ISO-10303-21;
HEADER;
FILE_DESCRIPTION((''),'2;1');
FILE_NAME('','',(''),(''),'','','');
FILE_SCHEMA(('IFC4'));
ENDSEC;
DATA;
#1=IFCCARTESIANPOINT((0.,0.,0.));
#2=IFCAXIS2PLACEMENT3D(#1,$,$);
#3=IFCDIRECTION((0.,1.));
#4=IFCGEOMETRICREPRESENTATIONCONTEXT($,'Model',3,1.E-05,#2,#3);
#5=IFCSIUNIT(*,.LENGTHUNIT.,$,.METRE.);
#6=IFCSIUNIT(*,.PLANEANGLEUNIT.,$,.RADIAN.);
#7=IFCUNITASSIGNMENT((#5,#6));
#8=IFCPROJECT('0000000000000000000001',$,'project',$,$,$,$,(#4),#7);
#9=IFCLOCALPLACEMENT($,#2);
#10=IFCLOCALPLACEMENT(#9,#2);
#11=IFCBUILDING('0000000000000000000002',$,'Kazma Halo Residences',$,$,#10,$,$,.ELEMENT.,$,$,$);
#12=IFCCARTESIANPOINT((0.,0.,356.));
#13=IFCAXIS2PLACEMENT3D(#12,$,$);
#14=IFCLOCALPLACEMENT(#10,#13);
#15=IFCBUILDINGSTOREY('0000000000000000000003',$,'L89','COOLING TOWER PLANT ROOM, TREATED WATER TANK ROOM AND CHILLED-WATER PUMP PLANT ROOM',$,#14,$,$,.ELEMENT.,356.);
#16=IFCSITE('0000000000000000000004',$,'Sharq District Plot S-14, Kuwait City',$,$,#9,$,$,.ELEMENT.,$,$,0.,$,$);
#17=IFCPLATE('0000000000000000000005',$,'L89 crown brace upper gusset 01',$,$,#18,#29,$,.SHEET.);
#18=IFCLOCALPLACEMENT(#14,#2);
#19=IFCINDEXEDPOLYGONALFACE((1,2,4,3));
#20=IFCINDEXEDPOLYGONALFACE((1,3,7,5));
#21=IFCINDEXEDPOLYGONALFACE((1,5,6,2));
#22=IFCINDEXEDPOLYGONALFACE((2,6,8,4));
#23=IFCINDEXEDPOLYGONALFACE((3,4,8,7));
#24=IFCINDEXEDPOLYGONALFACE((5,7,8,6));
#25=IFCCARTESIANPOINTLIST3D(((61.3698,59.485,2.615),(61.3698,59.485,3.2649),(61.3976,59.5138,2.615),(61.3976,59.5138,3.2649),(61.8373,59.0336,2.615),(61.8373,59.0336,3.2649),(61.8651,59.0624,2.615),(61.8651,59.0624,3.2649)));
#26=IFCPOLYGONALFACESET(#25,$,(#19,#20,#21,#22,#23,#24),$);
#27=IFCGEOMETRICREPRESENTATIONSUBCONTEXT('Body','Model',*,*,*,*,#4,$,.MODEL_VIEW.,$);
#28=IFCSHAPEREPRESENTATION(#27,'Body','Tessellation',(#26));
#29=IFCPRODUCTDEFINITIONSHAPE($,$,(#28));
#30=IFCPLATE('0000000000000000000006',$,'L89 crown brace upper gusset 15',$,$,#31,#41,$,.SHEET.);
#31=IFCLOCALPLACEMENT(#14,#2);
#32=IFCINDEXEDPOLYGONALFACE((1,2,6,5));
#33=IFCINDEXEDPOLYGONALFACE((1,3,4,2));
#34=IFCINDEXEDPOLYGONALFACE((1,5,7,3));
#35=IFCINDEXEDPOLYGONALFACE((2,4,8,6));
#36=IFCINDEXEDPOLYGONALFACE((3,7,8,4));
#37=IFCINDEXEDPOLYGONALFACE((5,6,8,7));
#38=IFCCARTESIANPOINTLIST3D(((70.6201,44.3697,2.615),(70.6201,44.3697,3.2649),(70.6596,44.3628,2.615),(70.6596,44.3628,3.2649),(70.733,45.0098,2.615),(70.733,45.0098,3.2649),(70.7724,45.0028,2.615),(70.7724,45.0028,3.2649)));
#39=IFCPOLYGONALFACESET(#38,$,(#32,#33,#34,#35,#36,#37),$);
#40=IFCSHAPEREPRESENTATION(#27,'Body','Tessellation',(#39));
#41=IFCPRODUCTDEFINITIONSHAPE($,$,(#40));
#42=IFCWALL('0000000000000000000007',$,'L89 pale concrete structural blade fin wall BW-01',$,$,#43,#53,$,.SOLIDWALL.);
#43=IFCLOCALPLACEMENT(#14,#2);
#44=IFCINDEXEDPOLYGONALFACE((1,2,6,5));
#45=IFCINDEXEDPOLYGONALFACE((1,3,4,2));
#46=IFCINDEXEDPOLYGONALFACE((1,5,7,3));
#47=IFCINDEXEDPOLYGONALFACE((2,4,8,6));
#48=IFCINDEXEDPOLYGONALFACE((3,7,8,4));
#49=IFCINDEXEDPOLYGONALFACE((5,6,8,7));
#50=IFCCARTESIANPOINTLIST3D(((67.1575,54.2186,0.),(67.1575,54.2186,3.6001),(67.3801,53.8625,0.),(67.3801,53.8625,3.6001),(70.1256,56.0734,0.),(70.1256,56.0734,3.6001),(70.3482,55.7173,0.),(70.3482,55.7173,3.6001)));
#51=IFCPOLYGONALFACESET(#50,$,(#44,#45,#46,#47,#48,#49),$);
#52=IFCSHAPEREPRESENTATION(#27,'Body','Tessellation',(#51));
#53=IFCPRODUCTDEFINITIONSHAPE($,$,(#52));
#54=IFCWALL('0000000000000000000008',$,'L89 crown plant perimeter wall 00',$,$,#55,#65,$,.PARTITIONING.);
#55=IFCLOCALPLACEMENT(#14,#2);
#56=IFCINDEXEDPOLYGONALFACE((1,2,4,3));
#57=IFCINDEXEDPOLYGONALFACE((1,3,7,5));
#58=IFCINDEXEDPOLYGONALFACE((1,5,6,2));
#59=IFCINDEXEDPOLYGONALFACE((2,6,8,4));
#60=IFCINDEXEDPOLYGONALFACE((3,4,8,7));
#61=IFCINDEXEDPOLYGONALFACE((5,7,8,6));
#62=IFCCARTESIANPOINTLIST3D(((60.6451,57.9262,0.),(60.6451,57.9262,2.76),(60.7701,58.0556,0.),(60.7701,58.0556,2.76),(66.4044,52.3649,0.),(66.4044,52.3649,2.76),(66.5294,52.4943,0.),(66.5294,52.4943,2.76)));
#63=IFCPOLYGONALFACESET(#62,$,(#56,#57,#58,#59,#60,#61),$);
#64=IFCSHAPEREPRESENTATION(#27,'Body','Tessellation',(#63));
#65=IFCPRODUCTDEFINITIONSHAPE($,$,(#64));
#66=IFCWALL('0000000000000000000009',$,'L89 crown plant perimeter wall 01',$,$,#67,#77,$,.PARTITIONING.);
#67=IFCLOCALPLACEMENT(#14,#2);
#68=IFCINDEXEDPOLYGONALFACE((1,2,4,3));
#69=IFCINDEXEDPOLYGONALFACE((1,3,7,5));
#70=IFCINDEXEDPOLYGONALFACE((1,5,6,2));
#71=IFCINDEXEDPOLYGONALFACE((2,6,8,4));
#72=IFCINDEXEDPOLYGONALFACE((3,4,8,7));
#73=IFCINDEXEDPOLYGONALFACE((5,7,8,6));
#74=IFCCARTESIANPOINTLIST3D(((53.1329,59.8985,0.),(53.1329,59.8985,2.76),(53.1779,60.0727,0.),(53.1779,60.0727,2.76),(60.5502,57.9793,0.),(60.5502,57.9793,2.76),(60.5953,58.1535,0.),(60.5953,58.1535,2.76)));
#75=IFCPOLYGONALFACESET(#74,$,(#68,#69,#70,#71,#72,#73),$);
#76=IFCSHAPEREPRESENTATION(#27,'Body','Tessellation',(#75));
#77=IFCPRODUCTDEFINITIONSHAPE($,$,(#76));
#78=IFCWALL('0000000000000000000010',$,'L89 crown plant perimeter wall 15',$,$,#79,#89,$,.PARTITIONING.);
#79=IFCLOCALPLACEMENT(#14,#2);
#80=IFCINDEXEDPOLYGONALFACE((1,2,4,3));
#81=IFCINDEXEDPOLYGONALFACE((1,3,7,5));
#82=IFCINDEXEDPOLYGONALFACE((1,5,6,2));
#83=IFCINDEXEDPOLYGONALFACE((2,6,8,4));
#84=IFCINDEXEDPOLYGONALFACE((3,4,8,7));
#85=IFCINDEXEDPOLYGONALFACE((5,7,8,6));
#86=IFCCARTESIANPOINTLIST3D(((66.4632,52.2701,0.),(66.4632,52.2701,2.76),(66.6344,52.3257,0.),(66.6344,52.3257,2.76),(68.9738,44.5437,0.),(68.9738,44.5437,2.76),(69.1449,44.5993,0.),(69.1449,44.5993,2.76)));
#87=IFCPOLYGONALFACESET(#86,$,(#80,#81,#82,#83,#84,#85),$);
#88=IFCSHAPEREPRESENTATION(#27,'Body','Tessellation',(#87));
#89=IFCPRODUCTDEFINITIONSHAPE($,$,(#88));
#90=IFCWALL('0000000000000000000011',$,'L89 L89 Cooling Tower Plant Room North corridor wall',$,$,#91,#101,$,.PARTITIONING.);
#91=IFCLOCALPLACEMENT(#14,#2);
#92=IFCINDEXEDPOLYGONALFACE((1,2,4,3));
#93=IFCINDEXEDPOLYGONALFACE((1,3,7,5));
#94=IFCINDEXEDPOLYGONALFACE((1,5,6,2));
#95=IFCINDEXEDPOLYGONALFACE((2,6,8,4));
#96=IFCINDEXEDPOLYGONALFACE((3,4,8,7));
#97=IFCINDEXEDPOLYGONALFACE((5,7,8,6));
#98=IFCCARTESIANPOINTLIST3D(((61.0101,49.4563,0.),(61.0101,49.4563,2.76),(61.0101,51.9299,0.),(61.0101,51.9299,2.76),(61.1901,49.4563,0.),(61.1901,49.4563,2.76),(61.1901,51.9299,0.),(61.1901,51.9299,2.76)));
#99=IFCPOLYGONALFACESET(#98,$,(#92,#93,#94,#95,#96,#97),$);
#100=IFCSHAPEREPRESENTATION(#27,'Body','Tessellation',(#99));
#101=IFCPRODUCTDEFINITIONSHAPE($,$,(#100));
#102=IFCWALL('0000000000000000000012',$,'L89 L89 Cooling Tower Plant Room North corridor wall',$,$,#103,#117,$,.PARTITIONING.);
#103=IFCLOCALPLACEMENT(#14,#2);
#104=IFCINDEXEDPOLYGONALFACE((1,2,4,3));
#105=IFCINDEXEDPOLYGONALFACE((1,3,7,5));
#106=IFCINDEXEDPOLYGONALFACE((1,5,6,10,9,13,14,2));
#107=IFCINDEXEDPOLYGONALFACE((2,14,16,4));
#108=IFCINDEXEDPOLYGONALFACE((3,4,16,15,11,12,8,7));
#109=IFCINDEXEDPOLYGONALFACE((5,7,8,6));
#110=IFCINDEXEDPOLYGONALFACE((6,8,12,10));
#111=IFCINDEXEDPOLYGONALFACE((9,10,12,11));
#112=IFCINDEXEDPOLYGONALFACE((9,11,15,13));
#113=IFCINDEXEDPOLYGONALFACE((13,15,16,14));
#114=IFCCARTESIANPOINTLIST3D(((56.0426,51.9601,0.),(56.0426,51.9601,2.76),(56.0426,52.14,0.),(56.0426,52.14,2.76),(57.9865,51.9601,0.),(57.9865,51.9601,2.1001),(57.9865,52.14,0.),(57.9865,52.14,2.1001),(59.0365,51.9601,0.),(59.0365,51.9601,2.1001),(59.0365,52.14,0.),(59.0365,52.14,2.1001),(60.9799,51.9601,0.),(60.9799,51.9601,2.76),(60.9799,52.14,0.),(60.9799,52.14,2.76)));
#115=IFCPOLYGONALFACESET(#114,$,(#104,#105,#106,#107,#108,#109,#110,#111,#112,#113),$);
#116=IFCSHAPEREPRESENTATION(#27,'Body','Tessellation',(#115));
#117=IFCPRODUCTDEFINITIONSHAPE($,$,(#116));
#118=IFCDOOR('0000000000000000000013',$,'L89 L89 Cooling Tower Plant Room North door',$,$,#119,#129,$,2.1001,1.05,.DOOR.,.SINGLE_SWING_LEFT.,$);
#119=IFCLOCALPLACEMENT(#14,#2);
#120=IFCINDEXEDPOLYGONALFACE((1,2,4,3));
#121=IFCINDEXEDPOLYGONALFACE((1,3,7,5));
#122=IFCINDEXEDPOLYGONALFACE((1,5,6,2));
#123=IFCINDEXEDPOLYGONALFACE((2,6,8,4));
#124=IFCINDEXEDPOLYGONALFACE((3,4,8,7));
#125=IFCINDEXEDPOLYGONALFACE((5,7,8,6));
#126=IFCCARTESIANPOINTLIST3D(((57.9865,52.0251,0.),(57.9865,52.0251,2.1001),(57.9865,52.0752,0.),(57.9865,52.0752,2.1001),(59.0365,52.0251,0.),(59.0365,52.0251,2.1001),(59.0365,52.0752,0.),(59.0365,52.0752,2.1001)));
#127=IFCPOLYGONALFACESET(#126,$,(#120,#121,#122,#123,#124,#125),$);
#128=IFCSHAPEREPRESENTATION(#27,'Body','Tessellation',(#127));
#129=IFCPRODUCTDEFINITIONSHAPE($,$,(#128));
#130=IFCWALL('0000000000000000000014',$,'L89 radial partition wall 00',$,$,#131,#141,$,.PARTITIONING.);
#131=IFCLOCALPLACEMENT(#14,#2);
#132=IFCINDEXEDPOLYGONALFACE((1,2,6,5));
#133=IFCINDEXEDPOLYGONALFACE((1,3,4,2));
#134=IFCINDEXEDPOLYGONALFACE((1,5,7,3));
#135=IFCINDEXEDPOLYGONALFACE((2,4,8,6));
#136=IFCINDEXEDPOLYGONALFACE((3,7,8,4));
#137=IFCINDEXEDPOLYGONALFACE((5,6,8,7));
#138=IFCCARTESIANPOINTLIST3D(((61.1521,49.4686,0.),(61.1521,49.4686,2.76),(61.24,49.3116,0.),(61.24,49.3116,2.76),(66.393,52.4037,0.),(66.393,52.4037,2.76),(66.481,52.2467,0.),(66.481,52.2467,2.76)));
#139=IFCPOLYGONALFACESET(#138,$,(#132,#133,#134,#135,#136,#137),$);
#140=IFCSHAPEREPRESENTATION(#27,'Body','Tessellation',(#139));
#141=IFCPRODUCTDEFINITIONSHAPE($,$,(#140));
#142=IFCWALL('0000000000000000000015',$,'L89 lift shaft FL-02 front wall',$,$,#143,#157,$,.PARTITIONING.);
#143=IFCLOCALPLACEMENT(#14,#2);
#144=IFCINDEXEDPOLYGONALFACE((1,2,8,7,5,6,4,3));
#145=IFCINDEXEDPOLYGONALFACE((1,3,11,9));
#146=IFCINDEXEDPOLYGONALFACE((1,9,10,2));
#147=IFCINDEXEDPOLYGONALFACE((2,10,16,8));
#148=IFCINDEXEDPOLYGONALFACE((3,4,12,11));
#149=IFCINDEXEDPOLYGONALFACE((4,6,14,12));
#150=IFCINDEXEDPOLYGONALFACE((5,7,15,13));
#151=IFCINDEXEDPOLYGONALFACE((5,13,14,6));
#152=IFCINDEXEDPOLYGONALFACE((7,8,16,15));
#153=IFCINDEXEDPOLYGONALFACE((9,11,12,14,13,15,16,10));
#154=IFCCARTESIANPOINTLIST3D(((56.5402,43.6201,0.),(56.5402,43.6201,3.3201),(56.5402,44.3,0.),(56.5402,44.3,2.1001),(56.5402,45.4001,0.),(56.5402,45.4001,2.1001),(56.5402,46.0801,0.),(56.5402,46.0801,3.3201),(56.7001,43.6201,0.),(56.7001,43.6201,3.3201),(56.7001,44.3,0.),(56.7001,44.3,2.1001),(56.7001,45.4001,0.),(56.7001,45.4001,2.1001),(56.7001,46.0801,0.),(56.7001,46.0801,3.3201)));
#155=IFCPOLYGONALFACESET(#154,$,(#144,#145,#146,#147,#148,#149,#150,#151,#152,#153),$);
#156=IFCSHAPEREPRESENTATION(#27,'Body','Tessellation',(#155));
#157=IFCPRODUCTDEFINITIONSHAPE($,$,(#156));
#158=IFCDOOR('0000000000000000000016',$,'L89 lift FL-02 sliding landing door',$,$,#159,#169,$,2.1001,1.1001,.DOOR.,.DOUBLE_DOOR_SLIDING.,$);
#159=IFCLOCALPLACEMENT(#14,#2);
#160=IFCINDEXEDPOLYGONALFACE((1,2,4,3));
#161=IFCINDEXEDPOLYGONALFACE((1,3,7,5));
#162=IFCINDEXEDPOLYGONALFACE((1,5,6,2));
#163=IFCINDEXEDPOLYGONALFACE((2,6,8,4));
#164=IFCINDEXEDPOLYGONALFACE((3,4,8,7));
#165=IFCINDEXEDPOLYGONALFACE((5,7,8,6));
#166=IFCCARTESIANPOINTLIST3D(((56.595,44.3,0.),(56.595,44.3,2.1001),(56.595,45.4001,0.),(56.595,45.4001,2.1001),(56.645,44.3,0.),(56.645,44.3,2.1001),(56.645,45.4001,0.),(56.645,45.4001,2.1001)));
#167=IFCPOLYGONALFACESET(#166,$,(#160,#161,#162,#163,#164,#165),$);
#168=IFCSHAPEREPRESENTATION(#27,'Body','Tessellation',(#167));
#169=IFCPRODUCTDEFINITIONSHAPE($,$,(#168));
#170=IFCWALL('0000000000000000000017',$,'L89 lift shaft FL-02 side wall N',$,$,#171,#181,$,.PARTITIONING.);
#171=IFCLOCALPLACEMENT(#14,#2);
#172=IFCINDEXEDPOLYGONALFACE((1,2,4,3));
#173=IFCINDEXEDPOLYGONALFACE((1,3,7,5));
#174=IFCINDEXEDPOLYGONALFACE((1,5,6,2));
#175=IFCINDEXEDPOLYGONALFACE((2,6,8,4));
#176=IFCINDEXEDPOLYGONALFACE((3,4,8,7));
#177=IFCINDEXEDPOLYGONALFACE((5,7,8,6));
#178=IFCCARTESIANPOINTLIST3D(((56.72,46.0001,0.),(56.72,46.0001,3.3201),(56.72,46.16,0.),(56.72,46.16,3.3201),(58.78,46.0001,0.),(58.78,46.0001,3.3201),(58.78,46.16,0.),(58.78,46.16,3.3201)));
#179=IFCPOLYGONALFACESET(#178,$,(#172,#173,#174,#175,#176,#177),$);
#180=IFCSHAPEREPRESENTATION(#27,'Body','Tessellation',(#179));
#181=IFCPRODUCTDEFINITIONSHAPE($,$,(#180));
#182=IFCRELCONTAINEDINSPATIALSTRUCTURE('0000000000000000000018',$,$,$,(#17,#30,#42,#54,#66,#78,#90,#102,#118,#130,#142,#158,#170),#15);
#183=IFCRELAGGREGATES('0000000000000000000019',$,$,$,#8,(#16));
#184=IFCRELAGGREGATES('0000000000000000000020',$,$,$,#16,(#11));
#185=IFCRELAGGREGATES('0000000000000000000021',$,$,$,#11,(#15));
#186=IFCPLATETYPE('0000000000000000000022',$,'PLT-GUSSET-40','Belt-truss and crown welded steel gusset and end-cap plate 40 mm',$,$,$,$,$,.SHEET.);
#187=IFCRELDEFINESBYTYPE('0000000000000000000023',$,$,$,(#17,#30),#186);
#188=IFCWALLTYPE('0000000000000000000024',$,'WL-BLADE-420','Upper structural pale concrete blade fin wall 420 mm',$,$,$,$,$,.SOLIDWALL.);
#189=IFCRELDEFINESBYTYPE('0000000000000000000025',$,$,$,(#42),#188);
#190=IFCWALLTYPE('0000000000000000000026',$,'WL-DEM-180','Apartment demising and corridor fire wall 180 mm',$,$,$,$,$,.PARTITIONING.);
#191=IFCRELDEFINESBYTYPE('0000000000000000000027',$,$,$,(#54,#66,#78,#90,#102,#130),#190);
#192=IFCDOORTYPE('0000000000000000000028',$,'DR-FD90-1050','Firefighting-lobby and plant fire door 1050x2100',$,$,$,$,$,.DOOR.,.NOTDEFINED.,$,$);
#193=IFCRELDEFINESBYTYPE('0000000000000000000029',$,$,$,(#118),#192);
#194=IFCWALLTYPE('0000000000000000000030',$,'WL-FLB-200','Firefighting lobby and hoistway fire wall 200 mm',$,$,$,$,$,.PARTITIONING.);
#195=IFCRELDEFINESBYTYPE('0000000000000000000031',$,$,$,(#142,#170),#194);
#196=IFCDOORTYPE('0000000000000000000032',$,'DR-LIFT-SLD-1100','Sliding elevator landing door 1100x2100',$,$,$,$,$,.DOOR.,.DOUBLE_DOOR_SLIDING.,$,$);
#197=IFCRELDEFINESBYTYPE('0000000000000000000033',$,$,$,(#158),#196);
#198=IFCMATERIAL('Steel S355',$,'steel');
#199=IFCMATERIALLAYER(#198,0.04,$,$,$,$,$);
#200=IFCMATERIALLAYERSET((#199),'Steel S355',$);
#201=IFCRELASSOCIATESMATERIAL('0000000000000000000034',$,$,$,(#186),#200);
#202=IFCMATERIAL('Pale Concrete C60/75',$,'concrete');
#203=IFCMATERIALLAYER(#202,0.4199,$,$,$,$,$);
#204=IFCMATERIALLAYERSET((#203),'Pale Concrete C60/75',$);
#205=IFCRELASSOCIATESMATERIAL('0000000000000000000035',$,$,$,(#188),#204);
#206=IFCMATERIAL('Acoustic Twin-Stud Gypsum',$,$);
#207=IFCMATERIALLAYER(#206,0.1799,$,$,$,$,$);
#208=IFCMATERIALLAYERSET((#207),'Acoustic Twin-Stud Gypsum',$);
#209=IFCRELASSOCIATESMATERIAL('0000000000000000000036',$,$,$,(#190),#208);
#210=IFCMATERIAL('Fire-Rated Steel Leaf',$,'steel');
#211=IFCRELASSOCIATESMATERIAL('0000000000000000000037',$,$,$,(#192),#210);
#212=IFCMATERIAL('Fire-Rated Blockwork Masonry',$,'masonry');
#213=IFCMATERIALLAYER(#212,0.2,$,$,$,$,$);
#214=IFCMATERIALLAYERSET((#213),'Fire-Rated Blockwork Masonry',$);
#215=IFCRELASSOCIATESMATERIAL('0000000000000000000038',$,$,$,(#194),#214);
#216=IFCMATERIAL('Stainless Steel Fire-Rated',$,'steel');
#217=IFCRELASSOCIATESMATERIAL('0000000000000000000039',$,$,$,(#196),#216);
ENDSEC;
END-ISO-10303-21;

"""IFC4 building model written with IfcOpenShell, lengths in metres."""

from ifc_helpers import new_model, si_unit, direction, frame, frame_2d, origin, origin_2d, place, context, subcontext, project, spatial, rectangle, extrude, material, layer, layer_set, type_object, element, fill, save


model = new_model("IFC4")

# Units and contexts
model_context = context("Model", 3, precision=1e-05, world=origin(), true_north=direction((0.0, 1.0)))
body_context = subcontext(model_context, "Body", "Model", "MODEL_VIEW")
ifc_project = project(units=[si_unit("LENGTHUNIT", "METRE"), si_unit("PLANEANGLEUNIT", "RADIAN")], contexts=[model_context])

# Site, building, storey
site_placement = place(None, origin())
site = spatial("IfcSite", under=ifc_project, at=site_placement, Name="Sharq District Plot S-14, Kuwait City", CompositionType="ELEMENT", RefElevation=0.0)
building_placement = place(site_placement, origin())
building = spatial("IfcBuilding", under=site, at=building_placement, Name="Kazma Halo Residences", CompositionType="ELEMENT")
storey_placement = place(building_placement, frame((0.0, 0.0, 356.0)))
storey = spatial("IfcBuildingStorey", under=building, at=storey_placement, Name="L89", Description="COOLING TOWER PLANT ROOM, TREATED WATER TANK ROOM AND CHILLED-WATER PUMP PLANT ROOM", CompositionType="ELEMENT", Elevation=356.0)

# Shared definitions
ifc_material_1 = material(Name="Steel S355", Category="steel")

# Plates
ifc_layer_1 = layer(ifc_material_1, 0.04)
ifc_layer_set_1 = layer_set([ifc_layer_1], Name="Steel S355")
plate_type_1 = type_object("IfcPlateType", Name="PLT-GUSSET-40", Description="Belt-truss and crown welded steel gusset and end-cap plate 40 mm", PredefinedType="SHEET", material=ifc_layer_set_1)
for number, where, z_axis, x_axis, name in (
    (1, (61.6174, 59.2737, 2.615), (0.0, 0.0, 1.0), (-0.719342, 0.694656, 0.0), "L89 crown brace upper gusset 01"),
    (2, (70.6963, 44.6863, 2.615), (0.0, 0.0, 1.0), (0.173656, 0.984806, 0.0), "L89 crown brace upper gusset 15"),
):
    element("IfcPlate", number, at=place(storey_placement, frame(where, z_axis=z_axis, x_axis=x_axis)), inside=storey, type_object=plate_type_1, Name=name, PredefinedType="SHEET", context=body_context, shape_type="SweptSolid", body=[
        extrude(rectangle(XDim=0.6499, YDim=0.04, at=origin_2d()), origin(), (0.0, 0.0, 1.0), 0.6499),
    ])

# Walls
ifc_material_2 = material(Name="Pale Concrete C60/75", Category="concrete")
ifc_layer_2 = layer(ifc_material_2, 0.4199)
ifc_layer_set_2 = layer_set([ifc_layer_2], Name="Pale Concrete C60/75")
wall_type_1 = type_object("IfcWallType", Name="WL-BLADE-420", Description="Upper structural pale concrete blade fin wall 420 mm", PredefinedType="SOLIDWALL", material=ifc_layer_set_2)
wall_1_placement = place(storey_placement, frame((67.2688, 54.0405, 0.0), z_axis=(0.0, 0.0, 1.0), x_axis=(0.848034, 0.529943, 0.0)))
element("IfcWall", 3, at=wall_1_placement, inside=storey, type_object=wall_type_1, Name="L89 pale concrete structural blade fin wall BW-01", PredefinedType="SOLIDWALL", context=body_context, shape_type="SweptSolid", body=[
    extrude(rectangle(XDim=3.5, YDim=0.4199, at=frame_2d((1.75, 0.0))), origin(), (0.0, 0.0, 1.0), 3.6001),
])
ifc_material_3 = material(Name="Acoustic Twin-Stud Gypsum")
ifc_layer_3 = layer(ifc_material_3, 0.1799)
ifc_layer_set_3 = layer_set([ifc_layer_3], Name="Acoustic Twin-Stud Gypsum")
wall_type_2 = type_object("IfcWallType", Name="WL-DEM-180", Description="Apartment demising and corridor fire wall 180 mm", PredefinedType="PARTITIONING", material=ifc_layer_set_3)
wall_2_placement = place(storey_placement, frame((66.4668, 52.4297, 0.0), z_axis=(0.0, 0.0, 1.0), x_axis=(-0.719364, 0.694633, 0.0)))
element("IfcWall", 4, at=wall_2_placement, inside=storey, type_object=wall_type_2, Name="L89 crown plant perimeter wall 00", PredefinedType="PARTITIONING", context=body_context, shape_type="SweptSolid", body=[
    extrude(rectangle(XDim=8.0061, YDim=0.1799, at=frame_2d((4.0029, 0.0))), origin(), (0.0, 0.0, 1.0), 2.76),
])
wall_3_placement = place(storey_placement, frame((60.5728, 58.0664, 0.0), z_axis=(0.0, 0.0, 1.0), x_axis=(-0.968117, 0.250498, 0.0)))
element("IfcWall", 5, at=wall_3_placement, inside=storey, type_object=wall_type_2, Name="L89 crown plant perimeter wall 01", PredefinedType="PARTITIONING", context=body_context, shape_type="SweptSolid", body=[
    extrude(rectangle(XDim=7.6616, YDim=0.1799, at=frame_2d((3.8308, 0.0))), origin(), (0.0, 0.0, 1.0), 2.76),
])
wall_4_placement = place(storey_placement, frame((69.0593, 44.5715, 0.0), z_axis=(0.0, 0.0, 1.0), x_axis=(-0.309024, 0.951054, 0.0)))
element("IfcWall", 6, at=wall_4_placement, inside=storey, type_object=wall_type_2, Name="L89 crown plant perimeter wall 15", PredefinedType="PARTITIONING", context=body_context, shape_type="SweptSolid", body=[
    extrude(rectangle(XDim=8.124, YDim=0.1799, at=frame_2d((4.062, 0.0))), origin(), (0.0, 0.0, 1.0), 2.76),
])
wall_5_placement = place(storey_placement, frame((61.1001, 49.4563, 0.0), z_axis=(0.0, 0.0, 1.0), x_axis=(0.0, 1.0, 0.0)))
element("IfcWall", 7, at=wall_5_placement, inside=storey, type_object=wall_type_2, Name="L89 L89 Cooling Tower Plant Room North corridor wall", PredefinedType="PARTITIONING", context=body_context, shape_type="SweptSolid", body=[
    extrude(rectangle(XDim=2.4736, YDim=0.1799, at=frame_2d((1.2368, 0.0))), origin(), (0.0, 0.0, 1.0), 2.76),
])

# Wall, opening, door
wall_6_placement = place(storey_placement, frame((60.98, 52.05, 0.0), z_axis=(0.0, 0.0, 1.0), x_axis=(-1.0, 0.0, 0.0)))
wall_6 = element("IfcWall", 8, at=wall_6_placement, inside=storey, type_object=wall_type_2, Name="L89 L89 Cooling Tower Plant Room North corridor wall", PredefinedType="PARTITIONING", context=body_context, shape_type="SweptSolid", body=[
    extrude(rectangle(XDim=4.9373, YDim=0.1799, at=frame_2d((2.4688, 0.0))), origin(), (0.0, 0.0, 1.0), 2.76),
])
opening_1_placement = place(wall_6_placement, frame((1.9436, 0.0, 0.0)))
opening_1 = element("IfcOpeningElement", 9, at=opening_1_placement, cuts=wall_6, PredefinedType="OPENING", context=body_context, shape_type="SweptSolid", body=[
    extrude(rectangle(XDim=1.05, YDim=2.1001, at=frame_2d((0.5249, 1.05))), frame((0.0, 0.0999, 0.0), z_axis=(0.0, -1.0, 0.0), x_axis=(1.0, 0.0, 0.0)), (0.0, 0.0, 1.0), 0.2),
])
ifc_material_4 = material(Name="Fire-Rated Steel Leaf", Category="steel")
door_type_1 = type_object("IfcDoorType", Name="DR-FD90-1050", Description="Firefighting-lobby and plant fire door 1050x2100", OperationType="NOTDEFINED", PredefinedType="DOOR", material=ifc_material_4)
door_1_placement = place(opening_1_placement, origin())
door_1 = element("IfcDoor", 10, at=door_1_placement, inside=storey, type_object=door_type_1, Name="L89 L89 Cooling Tower Plant Room North door", OperationType="SINGLE_SWING_LEFT", OverallHeight=2.1001, OverallWidth=1.05, PredefinedType="DOOR", context=body_context, shape_type="SweptSolid", body=[
    extrude(rectangle(XDim=1.05, YDim=2.1001, at=frame_2d((0.5249, 1.05))), frame((0.0, 0.0249, 0.0), z_axis=(0.0, -1.0, 0.0), x_axis=(1.0, 0.0, 0.0)), (0.0, 0.0, 1.0), 0.05),
])
fill(opening_1, door_1)

# Wall
wall_7_placement = place(storey_placement, frame((61.196, 49.3901, 0.0), z_axis=(0.0, 0.0, 1.0), x_axis=(0.872498, 0.488618, 0.0)))
element("IfcWall", 11, at=wall_7_placement, inside=storey, type_object=wall_type_2, Name="L89 radial partition wall 00", PredefinedType="PARTITIONING", context=body_context, shape_type="SweptSolid", body=[
    extrude(rectangle(XDim=6.0068, YDim=0.1799, at=frame_2d((3.0034, 0.0))), origin(), (0.0, 0.0, 1.0), 2.76),
])

# Wall, opening, door
ifc_material_5 = material(Name="Fire-Rated Blockwork Masonry", Category="masonry")
ifc_layer_4 = layer(ifc_material_5, 0.2)
ifc_layer_set_4 = layer_set([ifc_layer_4], Name="Fire-Rated Blockwork Masonry")
wall_type_3 = type_object("IfcWallType", Name="WL-FLB-200", Description="Firefighting lobby and hoistway fire wall 200 mm", PredefinedType="PARTITIONING", material=ifc_layer_set_4)
wall_8_placement = place(storey_placement, frame((56.6201, 46.0801, 0.0), z_axis=(0.0, 0.0, 1.0), x_axis=(0.0, -1.0, 0.0)))
wall_8 = element("IfcWall", 12, at=wall_8_placement, inside=storey, type_object=wall_type_3, Name="L89 lift shaft FL-02 front wall", PredefinedType="PARTITIONING", context=body_context, shape_type="SweptSolid", body=[
    extrude(rectangle(XDim=2.46, YDim=0.1599, at=frame_2d((1.23, 0.0))), origin(), (0.0, 0.0, 1.0), 3.3201),
])
opening_2_placement = place(wall_8_placement, frame((0.6799, 0.0, 0.0)))
opening_2 = element("IfcOpeningElement", 13, at=opening_2_placement, cuts=wall_8, PredefinedType="OPENING", context=body_context, shape_type="SweptSolid", body=[
    extrude(rectangle(XDim=1.1001, YDim=2.1001, at=frame_2d((0.55, 1.05))), frame((0.0, 0.0898, 0.0), z_axis=(0.0, -1.0, 0.0), x_axis=(1.0, 0.0, 0.0)), (0.0, 0.0, 1.0), 0.1799),
])
ifc_material_6 = material(Name="Stainless Steel Fire-Rated", Category="steel")
door_type_2 = type_object("IfcDoorType", Name="DR-LIFT-SLD-1100", Description="Sliding elevator landing door 1100x2100", OperationType="DOUBLE_DOOR_SLIDING", PredefinedType="DOOR", material=ifc_material_6)
door_2_placement = place(opening_2_placement, origin())
door_2 = element("IfcDoor", 14, at=door_2_placement, inside=storey, type_object=door_type_2, Name="L89 lift FL-02 sliding landing door", OperationType="DOUBLE_DOOR_SLIDING", OverallHeight=2.1001, OverallWidth=1.1001, PredefinedType="DOOR", context=body_context, shape_type="SweptSolid", body=[
    extrude(rectangle(XDim=1.1001, YDim=2.1001, at=frame_2d((0.55, 1.05))), frame((0.0, 0.0249, 0.0), z_axis=(0.0, -1.0, 0.0), x_axis=(1.0, 0.0, 0.0)), (0.0, 0.0, 1.0), 0.05),
])
fill(opening_2, door_2)

# Wall
wall_9_placement = place(storey_placement, frame((56.72, 46.0801, 0.0), z_axis=(0.0, 0.0, 1.0), x_axis=(1.0, 0.0, 0.0)))
element("IfcWall", 15, at=wall_9_placement, inside=storey, type_object=wall_type_3, Name="L89 lift shaft FL-02 side wall N", PredefinedType="PARTITIONING", context=body_context, shape_type="SweptSolid", body=[
    extrude(rectangle(XDim=2.0601, YDim=0.1599, at=frame_2d((1.03, 0.0))), origin(), (0.0, 0.0, 1.0), 3.3201),
])

save(model, "model.ifc")
